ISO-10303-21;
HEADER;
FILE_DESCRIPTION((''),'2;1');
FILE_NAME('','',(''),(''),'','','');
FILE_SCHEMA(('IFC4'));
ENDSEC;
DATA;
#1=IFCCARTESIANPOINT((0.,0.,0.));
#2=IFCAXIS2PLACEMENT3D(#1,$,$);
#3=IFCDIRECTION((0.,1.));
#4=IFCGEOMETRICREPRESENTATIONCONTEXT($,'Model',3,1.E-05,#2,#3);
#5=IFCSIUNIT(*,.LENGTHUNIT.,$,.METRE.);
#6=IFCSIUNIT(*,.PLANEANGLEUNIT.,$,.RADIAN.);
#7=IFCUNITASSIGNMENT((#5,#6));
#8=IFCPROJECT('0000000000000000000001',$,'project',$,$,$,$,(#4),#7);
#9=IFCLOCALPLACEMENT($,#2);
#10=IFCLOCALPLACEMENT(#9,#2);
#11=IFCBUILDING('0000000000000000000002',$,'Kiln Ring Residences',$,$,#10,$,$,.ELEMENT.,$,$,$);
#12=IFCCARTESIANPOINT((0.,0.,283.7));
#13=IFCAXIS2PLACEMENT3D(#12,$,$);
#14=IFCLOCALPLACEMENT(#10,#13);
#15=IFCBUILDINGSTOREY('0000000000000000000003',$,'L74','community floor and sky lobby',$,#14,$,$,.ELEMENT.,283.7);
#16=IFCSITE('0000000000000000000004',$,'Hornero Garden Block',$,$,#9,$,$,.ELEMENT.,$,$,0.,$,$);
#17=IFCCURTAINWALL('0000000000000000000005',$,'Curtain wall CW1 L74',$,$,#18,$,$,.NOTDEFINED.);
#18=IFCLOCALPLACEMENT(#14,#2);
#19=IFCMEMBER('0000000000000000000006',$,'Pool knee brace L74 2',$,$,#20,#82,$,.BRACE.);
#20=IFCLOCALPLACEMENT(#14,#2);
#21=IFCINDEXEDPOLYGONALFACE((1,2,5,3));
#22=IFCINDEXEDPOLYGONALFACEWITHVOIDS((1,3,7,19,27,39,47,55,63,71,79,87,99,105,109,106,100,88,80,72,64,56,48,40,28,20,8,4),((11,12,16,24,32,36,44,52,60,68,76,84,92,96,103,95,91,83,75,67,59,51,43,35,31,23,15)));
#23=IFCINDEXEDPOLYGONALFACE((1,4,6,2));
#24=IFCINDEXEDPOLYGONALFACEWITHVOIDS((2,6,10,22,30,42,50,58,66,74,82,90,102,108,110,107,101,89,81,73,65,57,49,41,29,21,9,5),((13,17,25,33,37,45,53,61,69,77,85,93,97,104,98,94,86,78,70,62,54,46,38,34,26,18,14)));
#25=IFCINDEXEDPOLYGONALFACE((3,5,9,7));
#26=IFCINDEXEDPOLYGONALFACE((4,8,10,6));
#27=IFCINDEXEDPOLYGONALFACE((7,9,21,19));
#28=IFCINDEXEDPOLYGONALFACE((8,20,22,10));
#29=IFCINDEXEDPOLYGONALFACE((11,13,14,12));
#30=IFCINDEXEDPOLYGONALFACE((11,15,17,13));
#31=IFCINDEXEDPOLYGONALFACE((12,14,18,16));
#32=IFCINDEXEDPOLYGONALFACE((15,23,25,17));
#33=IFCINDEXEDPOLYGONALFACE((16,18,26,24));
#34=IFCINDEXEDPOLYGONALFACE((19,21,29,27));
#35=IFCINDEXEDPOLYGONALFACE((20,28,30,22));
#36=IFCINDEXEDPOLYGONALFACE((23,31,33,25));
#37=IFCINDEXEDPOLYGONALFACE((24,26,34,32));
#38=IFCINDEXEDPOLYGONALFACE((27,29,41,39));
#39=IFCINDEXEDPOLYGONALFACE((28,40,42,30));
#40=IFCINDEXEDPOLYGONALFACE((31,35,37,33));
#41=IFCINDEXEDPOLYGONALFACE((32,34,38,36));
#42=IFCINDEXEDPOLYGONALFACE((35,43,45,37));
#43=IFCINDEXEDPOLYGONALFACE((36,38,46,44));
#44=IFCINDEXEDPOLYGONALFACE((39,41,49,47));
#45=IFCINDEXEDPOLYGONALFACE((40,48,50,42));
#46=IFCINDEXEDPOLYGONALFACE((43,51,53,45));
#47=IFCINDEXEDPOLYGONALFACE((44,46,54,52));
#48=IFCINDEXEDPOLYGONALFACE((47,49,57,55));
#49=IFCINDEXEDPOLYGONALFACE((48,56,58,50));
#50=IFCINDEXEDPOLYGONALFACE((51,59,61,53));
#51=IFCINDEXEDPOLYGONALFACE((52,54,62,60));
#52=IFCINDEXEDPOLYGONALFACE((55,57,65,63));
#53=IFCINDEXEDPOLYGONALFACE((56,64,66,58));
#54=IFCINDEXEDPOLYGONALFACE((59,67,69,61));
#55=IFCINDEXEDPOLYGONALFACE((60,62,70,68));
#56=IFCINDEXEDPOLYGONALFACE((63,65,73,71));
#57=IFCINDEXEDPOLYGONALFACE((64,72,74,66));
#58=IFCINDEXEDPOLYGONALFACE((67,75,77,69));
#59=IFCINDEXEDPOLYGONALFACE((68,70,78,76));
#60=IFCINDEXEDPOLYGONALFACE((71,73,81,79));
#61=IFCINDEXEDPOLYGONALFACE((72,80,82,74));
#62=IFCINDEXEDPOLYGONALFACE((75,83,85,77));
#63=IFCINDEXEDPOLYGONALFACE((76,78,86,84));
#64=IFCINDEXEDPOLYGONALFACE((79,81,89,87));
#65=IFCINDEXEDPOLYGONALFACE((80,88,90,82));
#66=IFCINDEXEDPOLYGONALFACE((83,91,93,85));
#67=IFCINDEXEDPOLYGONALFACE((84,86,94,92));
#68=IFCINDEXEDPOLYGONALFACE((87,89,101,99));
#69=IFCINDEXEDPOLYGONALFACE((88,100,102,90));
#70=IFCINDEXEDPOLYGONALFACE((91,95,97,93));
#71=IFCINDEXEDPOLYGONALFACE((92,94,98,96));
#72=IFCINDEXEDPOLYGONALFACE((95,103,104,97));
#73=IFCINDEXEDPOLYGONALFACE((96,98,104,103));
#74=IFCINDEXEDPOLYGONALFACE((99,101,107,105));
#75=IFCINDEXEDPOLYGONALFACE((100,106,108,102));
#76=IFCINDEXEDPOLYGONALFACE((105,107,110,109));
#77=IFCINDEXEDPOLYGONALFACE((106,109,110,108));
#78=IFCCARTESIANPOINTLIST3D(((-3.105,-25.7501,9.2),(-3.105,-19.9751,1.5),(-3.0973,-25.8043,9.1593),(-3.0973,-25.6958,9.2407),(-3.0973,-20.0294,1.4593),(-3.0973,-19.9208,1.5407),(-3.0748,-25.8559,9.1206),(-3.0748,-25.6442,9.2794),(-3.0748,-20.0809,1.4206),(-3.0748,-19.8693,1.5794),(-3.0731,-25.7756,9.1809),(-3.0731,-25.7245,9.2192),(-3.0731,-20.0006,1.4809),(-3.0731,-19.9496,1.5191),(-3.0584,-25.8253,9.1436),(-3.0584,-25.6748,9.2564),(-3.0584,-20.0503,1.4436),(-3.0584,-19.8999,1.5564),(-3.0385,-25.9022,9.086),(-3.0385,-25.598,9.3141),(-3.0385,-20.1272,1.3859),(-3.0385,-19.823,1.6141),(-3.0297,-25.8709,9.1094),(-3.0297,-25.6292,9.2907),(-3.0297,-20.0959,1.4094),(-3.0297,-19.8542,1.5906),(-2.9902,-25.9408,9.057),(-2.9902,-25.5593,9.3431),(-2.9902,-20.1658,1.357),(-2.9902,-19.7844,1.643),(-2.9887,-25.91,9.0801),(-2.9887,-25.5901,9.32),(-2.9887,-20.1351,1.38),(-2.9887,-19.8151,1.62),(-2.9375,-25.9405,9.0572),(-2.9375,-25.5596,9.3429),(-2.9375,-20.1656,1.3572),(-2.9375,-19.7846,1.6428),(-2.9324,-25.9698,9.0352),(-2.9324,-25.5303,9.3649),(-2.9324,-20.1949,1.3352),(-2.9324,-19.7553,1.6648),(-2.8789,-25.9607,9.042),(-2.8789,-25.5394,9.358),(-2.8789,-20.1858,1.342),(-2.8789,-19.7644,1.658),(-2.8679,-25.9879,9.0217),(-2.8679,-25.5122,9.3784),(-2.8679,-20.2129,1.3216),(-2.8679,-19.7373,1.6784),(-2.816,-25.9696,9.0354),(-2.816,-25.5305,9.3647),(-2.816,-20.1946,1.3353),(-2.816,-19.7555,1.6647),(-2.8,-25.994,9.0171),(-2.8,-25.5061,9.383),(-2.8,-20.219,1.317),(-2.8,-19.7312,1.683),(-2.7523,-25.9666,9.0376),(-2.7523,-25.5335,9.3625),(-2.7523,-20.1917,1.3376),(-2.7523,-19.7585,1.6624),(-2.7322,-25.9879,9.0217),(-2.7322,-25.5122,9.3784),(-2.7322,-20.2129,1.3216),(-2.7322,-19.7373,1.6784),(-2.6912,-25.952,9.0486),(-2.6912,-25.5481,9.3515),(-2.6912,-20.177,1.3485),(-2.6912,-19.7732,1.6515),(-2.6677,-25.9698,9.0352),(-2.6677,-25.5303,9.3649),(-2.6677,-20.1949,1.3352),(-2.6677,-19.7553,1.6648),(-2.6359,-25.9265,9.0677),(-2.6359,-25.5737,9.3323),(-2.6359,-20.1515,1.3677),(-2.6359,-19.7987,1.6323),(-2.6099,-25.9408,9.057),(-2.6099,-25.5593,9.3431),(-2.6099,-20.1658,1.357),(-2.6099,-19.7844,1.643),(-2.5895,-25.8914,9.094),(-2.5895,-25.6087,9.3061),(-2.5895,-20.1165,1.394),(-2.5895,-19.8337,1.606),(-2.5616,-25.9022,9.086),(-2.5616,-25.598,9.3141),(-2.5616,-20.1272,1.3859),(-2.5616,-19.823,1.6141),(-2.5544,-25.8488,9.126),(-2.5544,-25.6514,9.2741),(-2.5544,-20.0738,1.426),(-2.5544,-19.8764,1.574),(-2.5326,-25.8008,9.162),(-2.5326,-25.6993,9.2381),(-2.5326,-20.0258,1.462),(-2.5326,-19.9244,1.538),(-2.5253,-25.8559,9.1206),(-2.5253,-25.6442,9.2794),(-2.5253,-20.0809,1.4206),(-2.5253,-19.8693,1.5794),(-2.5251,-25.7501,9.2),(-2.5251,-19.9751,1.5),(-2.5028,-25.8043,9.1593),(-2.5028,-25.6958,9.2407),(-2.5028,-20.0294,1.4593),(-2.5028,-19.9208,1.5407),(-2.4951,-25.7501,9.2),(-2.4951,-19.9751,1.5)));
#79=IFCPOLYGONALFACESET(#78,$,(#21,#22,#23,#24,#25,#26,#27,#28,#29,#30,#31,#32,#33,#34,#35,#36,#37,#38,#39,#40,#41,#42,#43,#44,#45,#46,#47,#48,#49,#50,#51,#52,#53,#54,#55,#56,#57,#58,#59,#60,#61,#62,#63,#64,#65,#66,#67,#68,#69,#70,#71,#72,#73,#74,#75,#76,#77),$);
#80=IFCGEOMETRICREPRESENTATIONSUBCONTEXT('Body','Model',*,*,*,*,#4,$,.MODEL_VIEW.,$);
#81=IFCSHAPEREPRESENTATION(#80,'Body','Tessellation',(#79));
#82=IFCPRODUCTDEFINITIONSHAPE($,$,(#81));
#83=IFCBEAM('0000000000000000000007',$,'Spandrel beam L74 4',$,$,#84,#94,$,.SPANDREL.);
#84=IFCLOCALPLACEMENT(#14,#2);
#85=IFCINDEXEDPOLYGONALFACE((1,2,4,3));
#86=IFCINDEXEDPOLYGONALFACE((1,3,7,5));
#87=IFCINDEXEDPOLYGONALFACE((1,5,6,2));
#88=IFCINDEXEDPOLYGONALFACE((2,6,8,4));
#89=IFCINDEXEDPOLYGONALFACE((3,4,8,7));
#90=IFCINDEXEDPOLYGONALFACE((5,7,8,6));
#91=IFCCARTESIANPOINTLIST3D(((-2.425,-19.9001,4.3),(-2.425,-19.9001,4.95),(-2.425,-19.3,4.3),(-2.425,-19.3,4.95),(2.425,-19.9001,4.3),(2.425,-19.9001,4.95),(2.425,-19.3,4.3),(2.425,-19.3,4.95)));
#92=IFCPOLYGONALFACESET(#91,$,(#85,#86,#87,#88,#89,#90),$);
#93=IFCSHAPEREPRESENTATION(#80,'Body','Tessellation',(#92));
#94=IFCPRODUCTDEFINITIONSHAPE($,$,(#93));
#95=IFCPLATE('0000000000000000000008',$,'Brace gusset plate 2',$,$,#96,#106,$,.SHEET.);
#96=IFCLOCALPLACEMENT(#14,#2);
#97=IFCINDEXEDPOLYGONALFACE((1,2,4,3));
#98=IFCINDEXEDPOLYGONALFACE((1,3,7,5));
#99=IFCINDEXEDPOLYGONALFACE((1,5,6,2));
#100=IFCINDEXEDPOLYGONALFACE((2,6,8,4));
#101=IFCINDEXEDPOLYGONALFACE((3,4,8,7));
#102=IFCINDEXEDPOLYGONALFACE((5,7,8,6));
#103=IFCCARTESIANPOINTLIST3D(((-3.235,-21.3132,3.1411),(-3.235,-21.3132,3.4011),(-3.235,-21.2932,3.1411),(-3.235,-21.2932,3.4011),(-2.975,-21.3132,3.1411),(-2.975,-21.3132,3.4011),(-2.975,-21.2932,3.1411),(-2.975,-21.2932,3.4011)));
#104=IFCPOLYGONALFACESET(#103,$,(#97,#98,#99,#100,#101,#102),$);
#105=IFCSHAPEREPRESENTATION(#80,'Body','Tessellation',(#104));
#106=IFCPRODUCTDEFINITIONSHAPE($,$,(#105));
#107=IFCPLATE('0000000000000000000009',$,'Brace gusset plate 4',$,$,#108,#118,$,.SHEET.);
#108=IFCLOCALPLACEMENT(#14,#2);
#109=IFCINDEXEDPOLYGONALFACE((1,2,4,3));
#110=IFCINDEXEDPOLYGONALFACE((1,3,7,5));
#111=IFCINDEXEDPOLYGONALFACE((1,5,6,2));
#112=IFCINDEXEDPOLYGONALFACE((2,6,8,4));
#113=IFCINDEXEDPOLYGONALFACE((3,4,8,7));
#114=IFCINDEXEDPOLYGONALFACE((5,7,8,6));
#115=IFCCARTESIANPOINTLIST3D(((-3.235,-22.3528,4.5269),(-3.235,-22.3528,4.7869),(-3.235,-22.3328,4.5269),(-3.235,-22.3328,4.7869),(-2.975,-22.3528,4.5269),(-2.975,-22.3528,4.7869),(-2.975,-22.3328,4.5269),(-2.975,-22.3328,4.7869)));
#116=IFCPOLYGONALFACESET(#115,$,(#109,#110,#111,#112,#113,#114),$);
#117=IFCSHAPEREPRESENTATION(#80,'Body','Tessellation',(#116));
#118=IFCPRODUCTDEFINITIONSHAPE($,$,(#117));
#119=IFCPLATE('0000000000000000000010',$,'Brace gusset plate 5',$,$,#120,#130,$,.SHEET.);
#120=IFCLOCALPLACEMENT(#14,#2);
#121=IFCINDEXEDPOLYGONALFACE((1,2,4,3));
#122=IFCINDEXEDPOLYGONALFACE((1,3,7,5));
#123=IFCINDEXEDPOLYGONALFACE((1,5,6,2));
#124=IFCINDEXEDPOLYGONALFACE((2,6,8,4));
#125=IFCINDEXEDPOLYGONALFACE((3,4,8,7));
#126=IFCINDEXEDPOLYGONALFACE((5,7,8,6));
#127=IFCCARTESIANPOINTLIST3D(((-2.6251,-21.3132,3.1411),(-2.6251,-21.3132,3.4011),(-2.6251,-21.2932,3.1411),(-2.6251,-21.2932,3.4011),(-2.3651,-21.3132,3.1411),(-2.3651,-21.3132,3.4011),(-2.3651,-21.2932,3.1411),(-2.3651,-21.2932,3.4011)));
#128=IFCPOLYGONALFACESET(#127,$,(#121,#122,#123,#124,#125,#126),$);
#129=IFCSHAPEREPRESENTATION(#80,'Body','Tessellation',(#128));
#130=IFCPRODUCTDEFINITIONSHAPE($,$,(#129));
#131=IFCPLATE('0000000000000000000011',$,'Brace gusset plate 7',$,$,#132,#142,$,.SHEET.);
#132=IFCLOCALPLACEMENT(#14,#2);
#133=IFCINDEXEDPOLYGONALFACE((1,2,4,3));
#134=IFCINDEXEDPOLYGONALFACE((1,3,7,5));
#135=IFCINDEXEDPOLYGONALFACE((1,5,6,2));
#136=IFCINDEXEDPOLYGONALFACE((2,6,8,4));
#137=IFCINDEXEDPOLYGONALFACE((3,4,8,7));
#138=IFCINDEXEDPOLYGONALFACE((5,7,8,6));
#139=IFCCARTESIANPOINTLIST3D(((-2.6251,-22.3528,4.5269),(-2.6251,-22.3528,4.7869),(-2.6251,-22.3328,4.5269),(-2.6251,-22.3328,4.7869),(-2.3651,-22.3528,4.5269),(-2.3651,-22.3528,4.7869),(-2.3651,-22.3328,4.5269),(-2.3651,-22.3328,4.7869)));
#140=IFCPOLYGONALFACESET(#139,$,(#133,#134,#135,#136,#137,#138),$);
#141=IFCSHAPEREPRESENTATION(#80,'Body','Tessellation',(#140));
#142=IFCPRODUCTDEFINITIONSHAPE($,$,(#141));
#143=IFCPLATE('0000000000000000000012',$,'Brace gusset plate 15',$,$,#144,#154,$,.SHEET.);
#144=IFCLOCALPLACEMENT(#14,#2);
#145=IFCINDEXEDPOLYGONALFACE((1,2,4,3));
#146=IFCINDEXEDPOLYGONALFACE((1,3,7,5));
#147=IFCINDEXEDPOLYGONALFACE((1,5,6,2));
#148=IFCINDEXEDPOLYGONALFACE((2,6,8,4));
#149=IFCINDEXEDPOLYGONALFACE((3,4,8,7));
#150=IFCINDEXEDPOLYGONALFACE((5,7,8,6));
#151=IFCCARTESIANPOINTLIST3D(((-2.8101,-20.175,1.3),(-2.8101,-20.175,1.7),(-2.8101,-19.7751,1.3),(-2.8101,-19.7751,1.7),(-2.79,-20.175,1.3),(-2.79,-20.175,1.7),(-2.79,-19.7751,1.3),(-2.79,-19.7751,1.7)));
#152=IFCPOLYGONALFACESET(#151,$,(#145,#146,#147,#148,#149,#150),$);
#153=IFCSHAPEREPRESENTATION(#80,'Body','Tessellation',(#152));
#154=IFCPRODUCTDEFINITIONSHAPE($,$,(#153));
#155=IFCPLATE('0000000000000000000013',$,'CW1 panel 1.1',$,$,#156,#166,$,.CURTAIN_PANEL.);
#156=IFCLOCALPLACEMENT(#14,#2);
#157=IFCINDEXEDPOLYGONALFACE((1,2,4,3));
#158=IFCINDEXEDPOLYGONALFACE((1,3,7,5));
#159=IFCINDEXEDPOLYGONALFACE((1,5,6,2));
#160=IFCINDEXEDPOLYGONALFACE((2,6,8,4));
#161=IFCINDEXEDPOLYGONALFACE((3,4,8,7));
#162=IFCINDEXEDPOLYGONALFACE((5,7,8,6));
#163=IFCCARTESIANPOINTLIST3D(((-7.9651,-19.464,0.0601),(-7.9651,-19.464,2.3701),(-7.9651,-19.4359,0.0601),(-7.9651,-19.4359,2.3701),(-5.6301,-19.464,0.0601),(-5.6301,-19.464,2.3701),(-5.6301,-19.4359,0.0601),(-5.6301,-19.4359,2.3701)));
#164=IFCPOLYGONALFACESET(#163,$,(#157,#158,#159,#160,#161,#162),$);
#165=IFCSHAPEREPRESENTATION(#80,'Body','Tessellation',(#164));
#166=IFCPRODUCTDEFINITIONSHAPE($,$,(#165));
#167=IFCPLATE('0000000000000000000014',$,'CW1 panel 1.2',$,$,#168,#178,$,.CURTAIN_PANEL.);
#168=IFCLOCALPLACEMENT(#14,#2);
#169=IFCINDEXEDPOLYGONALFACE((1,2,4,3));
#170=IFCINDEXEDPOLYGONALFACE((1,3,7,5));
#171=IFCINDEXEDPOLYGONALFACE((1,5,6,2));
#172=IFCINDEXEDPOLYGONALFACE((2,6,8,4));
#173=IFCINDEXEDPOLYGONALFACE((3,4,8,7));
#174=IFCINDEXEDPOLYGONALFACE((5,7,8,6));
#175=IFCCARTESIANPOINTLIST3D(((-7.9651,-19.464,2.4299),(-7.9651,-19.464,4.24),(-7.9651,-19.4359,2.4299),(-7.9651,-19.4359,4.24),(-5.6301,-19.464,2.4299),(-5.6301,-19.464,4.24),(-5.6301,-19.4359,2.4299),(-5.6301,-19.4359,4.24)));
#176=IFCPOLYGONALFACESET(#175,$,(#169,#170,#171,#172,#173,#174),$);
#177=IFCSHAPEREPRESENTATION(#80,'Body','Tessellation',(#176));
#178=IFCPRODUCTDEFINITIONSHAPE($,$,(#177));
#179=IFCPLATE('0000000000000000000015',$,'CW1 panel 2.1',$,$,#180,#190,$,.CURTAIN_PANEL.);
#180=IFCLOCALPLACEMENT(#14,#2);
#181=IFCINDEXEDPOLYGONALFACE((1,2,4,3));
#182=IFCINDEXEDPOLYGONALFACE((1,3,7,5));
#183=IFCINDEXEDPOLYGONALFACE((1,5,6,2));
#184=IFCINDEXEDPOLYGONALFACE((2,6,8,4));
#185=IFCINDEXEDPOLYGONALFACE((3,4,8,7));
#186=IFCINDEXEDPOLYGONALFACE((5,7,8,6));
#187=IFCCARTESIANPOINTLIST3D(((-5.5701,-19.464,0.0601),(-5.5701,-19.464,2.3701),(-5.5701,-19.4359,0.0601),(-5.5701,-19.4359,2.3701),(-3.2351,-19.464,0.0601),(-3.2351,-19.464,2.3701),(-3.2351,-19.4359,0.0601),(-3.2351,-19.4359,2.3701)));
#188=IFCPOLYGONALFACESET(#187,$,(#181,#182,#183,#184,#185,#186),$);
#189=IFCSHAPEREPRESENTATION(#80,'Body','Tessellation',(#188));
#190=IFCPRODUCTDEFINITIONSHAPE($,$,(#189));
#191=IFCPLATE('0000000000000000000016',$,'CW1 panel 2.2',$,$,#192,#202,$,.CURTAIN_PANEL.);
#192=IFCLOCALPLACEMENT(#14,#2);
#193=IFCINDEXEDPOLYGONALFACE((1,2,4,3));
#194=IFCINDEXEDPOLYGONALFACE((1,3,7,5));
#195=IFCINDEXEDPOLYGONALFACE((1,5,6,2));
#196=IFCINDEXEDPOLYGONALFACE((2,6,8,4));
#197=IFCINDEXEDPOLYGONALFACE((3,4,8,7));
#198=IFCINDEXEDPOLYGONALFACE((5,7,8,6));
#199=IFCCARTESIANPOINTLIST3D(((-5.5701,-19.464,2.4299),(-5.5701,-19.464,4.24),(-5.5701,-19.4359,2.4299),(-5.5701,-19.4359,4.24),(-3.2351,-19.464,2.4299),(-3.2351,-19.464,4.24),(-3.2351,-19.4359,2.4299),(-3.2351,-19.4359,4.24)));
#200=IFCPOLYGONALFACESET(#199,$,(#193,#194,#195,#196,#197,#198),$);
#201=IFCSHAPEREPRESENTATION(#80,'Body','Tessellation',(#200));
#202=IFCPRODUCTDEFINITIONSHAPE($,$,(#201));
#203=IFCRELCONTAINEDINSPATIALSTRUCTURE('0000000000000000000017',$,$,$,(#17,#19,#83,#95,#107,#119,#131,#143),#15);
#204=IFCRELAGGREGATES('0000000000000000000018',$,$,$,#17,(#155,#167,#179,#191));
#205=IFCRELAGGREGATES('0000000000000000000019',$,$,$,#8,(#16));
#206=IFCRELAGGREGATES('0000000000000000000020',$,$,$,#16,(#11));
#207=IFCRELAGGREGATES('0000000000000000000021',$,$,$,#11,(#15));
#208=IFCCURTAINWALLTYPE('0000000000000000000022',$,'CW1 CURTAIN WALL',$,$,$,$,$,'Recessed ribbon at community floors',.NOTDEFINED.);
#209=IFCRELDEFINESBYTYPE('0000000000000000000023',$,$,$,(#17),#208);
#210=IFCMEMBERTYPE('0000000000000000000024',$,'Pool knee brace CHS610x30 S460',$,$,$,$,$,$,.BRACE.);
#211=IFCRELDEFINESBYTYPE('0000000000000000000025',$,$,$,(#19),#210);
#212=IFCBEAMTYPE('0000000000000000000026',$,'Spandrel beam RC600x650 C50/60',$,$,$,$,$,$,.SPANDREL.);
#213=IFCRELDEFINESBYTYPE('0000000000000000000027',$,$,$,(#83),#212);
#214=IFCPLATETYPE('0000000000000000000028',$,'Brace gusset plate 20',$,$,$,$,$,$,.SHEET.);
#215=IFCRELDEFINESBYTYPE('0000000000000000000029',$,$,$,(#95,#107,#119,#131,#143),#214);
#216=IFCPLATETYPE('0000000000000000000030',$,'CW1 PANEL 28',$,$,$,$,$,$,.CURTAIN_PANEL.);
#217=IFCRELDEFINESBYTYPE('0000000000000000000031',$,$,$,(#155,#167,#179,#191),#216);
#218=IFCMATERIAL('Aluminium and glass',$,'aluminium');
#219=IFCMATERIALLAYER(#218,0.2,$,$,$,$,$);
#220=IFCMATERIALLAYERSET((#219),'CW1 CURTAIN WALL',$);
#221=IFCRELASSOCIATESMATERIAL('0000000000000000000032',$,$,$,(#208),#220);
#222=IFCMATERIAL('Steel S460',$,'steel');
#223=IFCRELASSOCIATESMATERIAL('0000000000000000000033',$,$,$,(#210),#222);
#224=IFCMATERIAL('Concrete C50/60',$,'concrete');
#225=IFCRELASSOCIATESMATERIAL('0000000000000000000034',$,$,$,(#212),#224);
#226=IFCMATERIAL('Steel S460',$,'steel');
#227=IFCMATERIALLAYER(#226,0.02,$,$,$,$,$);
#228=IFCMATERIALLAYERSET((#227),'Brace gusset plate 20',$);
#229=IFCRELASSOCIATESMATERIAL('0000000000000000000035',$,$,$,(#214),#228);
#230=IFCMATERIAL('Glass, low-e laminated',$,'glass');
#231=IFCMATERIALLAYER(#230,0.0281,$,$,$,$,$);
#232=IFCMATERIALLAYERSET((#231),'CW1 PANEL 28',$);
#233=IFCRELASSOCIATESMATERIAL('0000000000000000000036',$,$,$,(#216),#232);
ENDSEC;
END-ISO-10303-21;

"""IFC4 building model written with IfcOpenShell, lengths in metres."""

from ifc_helpers import new_model, si_unit, direction, frame, origin, origin_2d, place, context, subcontext, project, spatial, rectangle, hollow_circle, extrude, material, layer, layer_set, material_profile, profile_set, type_object, element, aggregate, save


model = new_model("IFC4")

# Units and contexts
model_context = context("Model", 3, precision=1e-05, world=origin(), true_north=direction((0.0, 1.0)))
body_context = subcontext(model_context, "Body", "Model", "MODEL_VIEW")
ifc_project = project(units=[si_unit("LENGTHUNIT", "METRE"), si_unit("PLANEANGLEUNIT", "RADIAN")], contexts=[model_context])

# Site, building, storey
site_placement = place(None, origin())
site = spatial("IfcSite", under=ifc_project, at=site_placement, Name="Hornero Garden Block", CompositionType="ELEMENT", RefElevation=0.0)
building_placement = place(site_placement, origin())
building = spatial("IfcBuilding", under=site, at=building_placement, Name="Kiln Ring Residences", CompositionType="ELEMENT")
storey_placement = place(building_placement, frame((0.0, 0.0, 283.7)))
storey = spatial("IfcBuildingStorey", under=building, at=storey_placement, Name="L74", Description="community floor and sky lobby", CompositionType="ELEMENT", Elevation=283.7)

# Curtain wall
ifc_material_1 = material(Name="Aluminium and glass", Category="aluminium")
ifc_layer_1 = layer(ifc_material_1, 0.2)
ifc_layer_set_1 = layer_set([ifc_layer_1], Name="CW1 CURTAIN WALL")
curtain_wall_type = type_object("IfcCurtainWallType", Name="CW1 CURTAIN WALL", ElementType="Recessed ribbon at community floors", PredefinedType="NOTDEFINED", material=ifc_layer_set_1)
placement = place(storey_placement, origin())
curtain_wall_1 = element("IfcCurtainWall", 1, at=placement, inside=storey, type_object=curtain_wall_type, Name="Curtain wall CW1 L74", PredefinedType="NOTDEFINED")

# Member
ifc_material_2 = material(Name="Steel S460", Category="steel")
ifc_material_profile_1 = material_profile(ifc_material_2, hollow_circle(Radius=0.3049, WallThickness=0.03, at=origin_2d()), Name="CHS610x30")
ifc_profile_set_1 = profile_set([ifc_material_profile_1], Name="Steel S460")
member_type_1 = type_object("IfcMemberType", Name="Pool knee brace CHS610x30 S460", PredefinedType="BRACE", material=ifc_profile_set_1)
member_1_placement = place(storey_placement, frame((-2.8, -19.9751, 1.5), z_axis=(0.0, -0.599996, 0.800003), x_axis=(1.0, 0.0, 0.0)))
element("IfcMember", 2, at=member_1_placement, inside=storey, type_object=member_type_1, Name="Pool knee brace L74 2", PredefinedType="BRACE", context=body_context, shape_type="SweptSolid", body=[
    extrude(hollow_circle(Radius=0.3049, WallThickness=0.03, at=origin_2d()), origin(), (0.0, 0.0, 1.0), 9.625),
])

# Beam
ifc_material_3 = material(Name="Concrete C50/60", Category="concrete")
ifc_material_profile_2 = material_profile(ifc_material_3, rectangle(XDim=0.6001, YDim=0.6499, at=origin_2d()), Name="RC600x650")
ifc_profile_set_2 = profile_set([ifc_material_profile_2], Name="Concrete C50/60")
beam_type = type_object("IfcBeamType", Name="Spandrel beam RC600x650 C50/60", PredefinedType="SPANDREL", material=ifc_profile_set_2)
beam_placement = place(storey_placement, frame((-2.425, -19.6001, 4.625), z_axis=(1.0, 0.0, 0.0), x_axis=(0.0, 1.0, 0.0)))
element("IfcBeam", 3, at=beam_placement, inside=storey, type_object=beam_type, Name="Spandrel beam L74 4", PredefinedType="SPANDREL", context=body_context, shape_type="SweptSolid", body=[
    extrude(rectangle(XDim=0.6001, YDim=0.6499, at=origin_2d()), origin(), (0.0, 0.0, 1.0), 4.8501),
])

# Plates
ifc_material_4 = material(Name="Steel S460", Category="steel")
ifc_layer_2 = layer(ifc_material_4, 0.02)
ifc_layer_set_2 = layer_set([ifc_layer_2], Name="Brace gusset plate 20")
plate_type_1 = type_object("IfcPlateType", Name="Brace gusset plate 20", PredefinedType="SHEET", material=ifc_layer_set_2)
for number, where, z_axis, x_axis, name in (
    (4, (-3.105, -21.3032, 3.1411), (0.0, 0.0, 1.0), (1.0, 0.0, 0.0), "Brace gusset plate 2"),
    (5, (-3.105, -22.3428, 4.5269), (0.0, 0.0, 1.0), (1.0, 0.0, 0.0), "Brace gusset plate 4"),
    (6, (-2.4951, -21.3032, 3.1411), (0.0, 0.0, 1.0), (1.0, 0.0, 0.0), "Brace gusset plate 5"),
    (7, (-2.4951, -22.3428, 4.5269), (0.0, 0.0, 1.0), (1.0, 0.0, 0.0), "Brace gusset plate 7"),
):
    element("IfcPlate", number, at=place(storey_placement, frame(where, z_axis=z_axis, x_axis=x_axis)), inside=storey, type_object=plate_type_1, Name=name, PredefinedType="SHEET", context=body_context, shape_type="SweptSolid", body=[
        extrude(rectangle(XDim=0.26, YDim=0.02, at=origin_2d()), origin(), (0.0, 0.0, 1.0), 0.26),
    ])
plate_1_placement = place(storey_placement, frame((-2.8, -19.9751, 1.3), z_axis=(0.0, 0.0, 1.0), x_axis=(1.0, 0.0, 0.0)))
element("IfcPlate", 8, at=plate_1_placement, inside=storey, type_object=plate_type_1, Name="Brace gusset plate 15", PredefinedType="SHEET", context=body_context, shape_type="SweptSolid", body=[
    extrude(rectangle(XDim=0.02, YDim=0.3999, at=origin_2d()), origin(), (0.0, 0.0, 1.0), 0.3999),
])

# Plates
ifc_material_5 = material(Name="Glass, low-e laminated", Category="glass")
ifc_layer_3 = layer(ifc_material_5, 0.0281)
ifc_layer_set_3 = layer_set([ifc_layer_3], Name="CW1 PANEL 28")
plate_type_2 = type_object("IfcPlateType", Name="CW1 PANEL 28", PredefinedType="CURTAIN_PANEL", material=ifc_layer_set_3)
plate_2_placement = place(storey_placement, frame((-6.7976, -19.45, 0.0601), z_axis=(0.0, 0.0, 1.0), x_axis=(1.0, 0.0, 0.0)))
plate_2 = element("IfcPlate", 9, at=plate_2_placement, type_object=plate_type_2, Name="CW1 panel 1.1", PredefinedType="CURTAIN_PANEL", context=body_context, shape_type="SweptSolid", body=[
    extrude(rectangle(XDim=2.335, YDim=0.0281, at=origin_2d()), origin(), (0.0, 0.0, 1.0), 2.3101),
])
plate_3_placement = place(storey_placement, frame((-6.7976, -19.45, 2.4299), z_axis=(0.0, 0.0, 1.0), x_axis=(1.0, 0.0, 0.0)))
plate_3 = element("IfcPlate", 10, at=plate_3_placement, type_object=plate_type_2, Name="CW1 panel 1.2", PredefinedType="CURTAIN_PANEL", context=body_context, shape_type="SweptSolid", body=[
    extrude(rectangle(XDim=2.335, YDim=0.0281, at=origin_2d()), origin(), (0.0, 0.0, 1.0), 1.8101),
])
plate_4_placement = place(storey_placement, frame((-4.4026, -19.45, 0.0601), z_axis=(0.0, 0.0, 1.0), x_axis=(1.0, 0.0, 0.0)))
plate_4 = element("IfcPlate", 11, at=plate_4_placement, type_object=plate_type_2, Name="CW1 panel 2.1", PredefinedType="CURTAIN_PANEL", context=body_context, shape_type="SweptSolid", body=[
    extrude(rectangle(XDim=2.335, YDim=0.0281, at=origin_2d()), origin(), (0.0, 0.0, 1.0), 2.3101),
])
plate_5_placement = place(storey_placement, frame((-4.4026, -19.45, 2.4299), z_axis=(0.0, 0.0, 1.0), x_axis=(1.0, 0.0, 0.0)))
plate_5 = element("IfcPlate", 12, at=plate_5_placement, type_object=plate_type_2, Name="CW1 panel 2.2", PredefinedType="CURTAIN_PANEL", context=body_context, shape_type="SweptSolid", body=[
    extrude(rectangle(XDim=2.335, YDim=0.0281, at=origin_2d()), origin(), (0.0, 0.0, 1.0), 1.8101),
])
aggregate(curtain_wall_1, [plate_2, plate_3, plate_4, plate_5])

save(model, "model.ifc")
